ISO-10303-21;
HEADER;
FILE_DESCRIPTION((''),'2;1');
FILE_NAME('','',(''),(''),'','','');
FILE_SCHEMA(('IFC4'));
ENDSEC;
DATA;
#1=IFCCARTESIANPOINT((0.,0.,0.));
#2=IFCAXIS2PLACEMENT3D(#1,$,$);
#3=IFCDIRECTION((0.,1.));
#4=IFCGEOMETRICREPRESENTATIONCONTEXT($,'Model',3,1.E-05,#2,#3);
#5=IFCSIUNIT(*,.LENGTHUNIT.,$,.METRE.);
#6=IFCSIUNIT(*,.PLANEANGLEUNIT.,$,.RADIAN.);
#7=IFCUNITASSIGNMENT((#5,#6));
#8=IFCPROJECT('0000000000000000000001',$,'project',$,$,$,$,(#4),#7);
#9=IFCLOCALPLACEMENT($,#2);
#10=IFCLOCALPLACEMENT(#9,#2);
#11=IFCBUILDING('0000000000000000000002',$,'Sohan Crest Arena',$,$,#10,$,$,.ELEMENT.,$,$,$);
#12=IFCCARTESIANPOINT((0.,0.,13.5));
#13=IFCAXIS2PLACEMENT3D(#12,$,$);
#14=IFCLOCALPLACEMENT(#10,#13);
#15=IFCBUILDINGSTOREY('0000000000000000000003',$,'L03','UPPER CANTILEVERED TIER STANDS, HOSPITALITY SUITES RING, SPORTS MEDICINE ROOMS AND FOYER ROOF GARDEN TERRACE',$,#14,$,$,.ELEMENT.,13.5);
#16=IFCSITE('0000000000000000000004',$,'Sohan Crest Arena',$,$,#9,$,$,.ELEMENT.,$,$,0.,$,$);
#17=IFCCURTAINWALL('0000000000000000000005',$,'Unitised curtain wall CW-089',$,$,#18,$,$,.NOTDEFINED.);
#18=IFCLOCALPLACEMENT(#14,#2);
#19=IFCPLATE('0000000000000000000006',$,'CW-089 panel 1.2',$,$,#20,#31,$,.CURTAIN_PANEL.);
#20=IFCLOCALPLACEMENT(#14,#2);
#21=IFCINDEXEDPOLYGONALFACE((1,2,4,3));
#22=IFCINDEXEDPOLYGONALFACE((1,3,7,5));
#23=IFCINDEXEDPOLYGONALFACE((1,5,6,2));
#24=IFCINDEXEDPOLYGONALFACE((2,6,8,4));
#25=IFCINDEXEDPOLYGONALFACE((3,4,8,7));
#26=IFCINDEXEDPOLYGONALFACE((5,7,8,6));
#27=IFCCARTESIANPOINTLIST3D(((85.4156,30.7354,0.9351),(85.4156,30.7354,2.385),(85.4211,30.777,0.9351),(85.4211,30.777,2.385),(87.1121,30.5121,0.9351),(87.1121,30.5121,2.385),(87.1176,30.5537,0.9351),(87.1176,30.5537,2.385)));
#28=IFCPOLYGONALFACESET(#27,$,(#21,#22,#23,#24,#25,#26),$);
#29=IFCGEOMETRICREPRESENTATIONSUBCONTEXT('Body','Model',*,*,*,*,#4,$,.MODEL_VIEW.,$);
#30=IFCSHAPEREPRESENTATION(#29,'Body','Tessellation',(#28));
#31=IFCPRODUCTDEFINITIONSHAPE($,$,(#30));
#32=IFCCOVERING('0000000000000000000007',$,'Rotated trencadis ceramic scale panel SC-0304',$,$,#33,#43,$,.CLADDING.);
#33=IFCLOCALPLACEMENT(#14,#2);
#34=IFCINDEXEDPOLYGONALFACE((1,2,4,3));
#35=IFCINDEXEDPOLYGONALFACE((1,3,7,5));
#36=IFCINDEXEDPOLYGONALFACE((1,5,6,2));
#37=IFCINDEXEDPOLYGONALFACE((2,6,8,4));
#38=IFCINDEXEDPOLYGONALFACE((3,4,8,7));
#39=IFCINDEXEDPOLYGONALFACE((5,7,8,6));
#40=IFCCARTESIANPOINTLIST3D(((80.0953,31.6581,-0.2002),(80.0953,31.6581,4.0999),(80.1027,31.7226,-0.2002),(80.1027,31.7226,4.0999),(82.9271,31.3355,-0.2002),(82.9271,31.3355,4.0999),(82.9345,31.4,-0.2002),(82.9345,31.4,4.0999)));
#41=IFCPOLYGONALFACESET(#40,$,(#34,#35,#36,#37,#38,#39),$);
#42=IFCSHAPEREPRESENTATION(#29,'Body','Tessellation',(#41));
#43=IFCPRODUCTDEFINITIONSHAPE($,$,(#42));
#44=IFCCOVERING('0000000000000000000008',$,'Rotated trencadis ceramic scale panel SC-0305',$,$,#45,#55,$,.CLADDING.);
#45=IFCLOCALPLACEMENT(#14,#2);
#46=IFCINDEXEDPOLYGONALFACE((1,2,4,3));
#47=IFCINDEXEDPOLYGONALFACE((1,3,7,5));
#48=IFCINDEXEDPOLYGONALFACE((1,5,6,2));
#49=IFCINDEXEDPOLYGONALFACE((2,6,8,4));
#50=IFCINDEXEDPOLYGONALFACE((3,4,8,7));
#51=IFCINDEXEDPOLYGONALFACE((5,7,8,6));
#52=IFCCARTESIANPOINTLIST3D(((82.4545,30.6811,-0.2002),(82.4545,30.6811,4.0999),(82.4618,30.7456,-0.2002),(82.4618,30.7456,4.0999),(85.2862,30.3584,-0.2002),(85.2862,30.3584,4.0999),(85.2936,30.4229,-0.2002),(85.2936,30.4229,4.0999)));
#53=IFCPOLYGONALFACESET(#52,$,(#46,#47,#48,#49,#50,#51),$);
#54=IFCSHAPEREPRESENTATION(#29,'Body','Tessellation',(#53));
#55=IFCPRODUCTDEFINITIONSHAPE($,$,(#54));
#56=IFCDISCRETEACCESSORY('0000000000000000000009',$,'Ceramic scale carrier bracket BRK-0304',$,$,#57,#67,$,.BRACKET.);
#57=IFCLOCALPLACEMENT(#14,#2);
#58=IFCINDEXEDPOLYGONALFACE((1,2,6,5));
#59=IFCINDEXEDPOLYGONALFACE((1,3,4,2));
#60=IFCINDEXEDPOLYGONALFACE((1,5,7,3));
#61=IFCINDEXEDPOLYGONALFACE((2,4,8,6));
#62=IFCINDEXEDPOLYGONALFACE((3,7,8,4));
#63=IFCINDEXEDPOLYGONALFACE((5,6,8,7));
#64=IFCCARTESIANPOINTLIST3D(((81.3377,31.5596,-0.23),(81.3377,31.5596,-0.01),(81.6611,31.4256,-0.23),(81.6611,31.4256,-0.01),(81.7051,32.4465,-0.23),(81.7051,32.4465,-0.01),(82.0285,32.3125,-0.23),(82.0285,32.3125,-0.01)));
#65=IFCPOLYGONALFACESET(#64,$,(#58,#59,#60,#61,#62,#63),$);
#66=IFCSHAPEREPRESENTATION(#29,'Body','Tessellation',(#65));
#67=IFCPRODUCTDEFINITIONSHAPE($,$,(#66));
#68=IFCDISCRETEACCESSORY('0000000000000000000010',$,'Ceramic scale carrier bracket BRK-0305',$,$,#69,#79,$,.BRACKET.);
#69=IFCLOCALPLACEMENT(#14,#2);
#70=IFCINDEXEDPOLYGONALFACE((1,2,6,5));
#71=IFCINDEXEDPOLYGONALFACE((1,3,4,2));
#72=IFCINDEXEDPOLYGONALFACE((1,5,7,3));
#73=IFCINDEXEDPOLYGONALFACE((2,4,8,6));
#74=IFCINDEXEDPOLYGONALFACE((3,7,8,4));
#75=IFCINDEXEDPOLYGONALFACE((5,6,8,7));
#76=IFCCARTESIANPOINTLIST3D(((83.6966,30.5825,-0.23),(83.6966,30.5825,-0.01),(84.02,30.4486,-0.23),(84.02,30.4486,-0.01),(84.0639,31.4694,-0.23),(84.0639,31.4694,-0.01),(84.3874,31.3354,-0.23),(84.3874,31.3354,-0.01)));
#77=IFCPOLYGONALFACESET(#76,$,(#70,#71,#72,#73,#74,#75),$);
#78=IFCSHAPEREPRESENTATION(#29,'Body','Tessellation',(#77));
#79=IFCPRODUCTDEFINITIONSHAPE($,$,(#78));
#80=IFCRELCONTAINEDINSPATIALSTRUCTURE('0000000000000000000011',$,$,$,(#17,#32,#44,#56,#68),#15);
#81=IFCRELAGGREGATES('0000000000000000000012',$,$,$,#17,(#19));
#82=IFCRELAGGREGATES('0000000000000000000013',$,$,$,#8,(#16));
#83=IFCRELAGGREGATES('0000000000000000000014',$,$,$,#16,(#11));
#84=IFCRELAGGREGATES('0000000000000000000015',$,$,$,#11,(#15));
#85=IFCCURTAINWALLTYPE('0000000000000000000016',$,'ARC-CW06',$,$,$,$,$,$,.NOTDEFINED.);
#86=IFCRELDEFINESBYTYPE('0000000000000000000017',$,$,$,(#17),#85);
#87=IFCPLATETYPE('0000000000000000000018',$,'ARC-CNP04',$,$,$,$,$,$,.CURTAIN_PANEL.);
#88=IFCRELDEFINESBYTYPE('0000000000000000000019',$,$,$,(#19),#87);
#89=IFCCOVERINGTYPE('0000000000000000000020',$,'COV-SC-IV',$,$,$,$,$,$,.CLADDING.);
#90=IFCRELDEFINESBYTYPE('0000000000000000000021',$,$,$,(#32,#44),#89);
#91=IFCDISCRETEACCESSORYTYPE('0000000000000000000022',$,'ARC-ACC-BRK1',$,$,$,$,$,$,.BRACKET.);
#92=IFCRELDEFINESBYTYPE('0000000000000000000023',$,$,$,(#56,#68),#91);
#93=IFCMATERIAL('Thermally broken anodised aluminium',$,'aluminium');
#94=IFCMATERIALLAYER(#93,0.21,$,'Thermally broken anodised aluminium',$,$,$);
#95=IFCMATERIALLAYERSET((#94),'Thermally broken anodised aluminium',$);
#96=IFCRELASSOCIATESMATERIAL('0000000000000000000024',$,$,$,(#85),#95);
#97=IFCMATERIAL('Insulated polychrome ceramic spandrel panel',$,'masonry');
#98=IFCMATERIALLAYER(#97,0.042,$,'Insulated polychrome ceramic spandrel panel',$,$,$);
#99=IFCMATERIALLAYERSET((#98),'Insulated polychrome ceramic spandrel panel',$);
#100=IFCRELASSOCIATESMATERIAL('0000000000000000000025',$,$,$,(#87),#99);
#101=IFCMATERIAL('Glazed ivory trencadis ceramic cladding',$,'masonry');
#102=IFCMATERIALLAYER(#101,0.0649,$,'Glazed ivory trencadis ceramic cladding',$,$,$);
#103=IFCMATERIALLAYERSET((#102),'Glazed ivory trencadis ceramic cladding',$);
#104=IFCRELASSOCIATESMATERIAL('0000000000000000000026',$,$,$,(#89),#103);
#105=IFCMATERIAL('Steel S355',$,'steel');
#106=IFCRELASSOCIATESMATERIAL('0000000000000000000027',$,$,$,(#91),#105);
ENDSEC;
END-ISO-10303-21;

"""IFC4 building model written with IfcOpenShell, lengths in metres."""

from ifc_helpers import new_model, si_unit, direction, frame, origin, origin_2d, place, context, subcontext, project, spatial, rectangle, extrude, material, layer, layer_set, type_object, element, aggregate, save


model = new_model("IFC4")

# Units and contexts
model_context = context("Model", 3, precision=1e-05, world=origin(), true_north=direction((0.0, 1.0)))
body_context = subcontext(model_context, "Body", "Model", "MODEL_VIEW")
ifc_project = project(units=[si_unit("LENGTHUNIT", "METRE"), si_unit("PLANEANGLEUNIT", "RADIAN")], contexts=[model_context])

# Site, building, storey
site_placement = place(None, origin())
site = spatial("IfcSite", under=ifc_project, at=site_placement, Name="Sohan Crest Arena", CompositionType="ELEMENT", RefElevation=0.0)
building_placement = place(site_placement, origin())
building = spatial("IfcBuilding", under=site, at=building_placement, Name="Sohan Crest Arena", CompositionType="ELEMENT")
storey_placement = place(building_placement, frame((0.0, 0.0, 13.5)))
storey = spatial("IfcBuildingStorey", under=building, at=storey_placement, Name="L03", Description="UPPER CANTILEVERED TIER STANDS, HOSPITALITY SUITES RING, SPORTS MEDICINE ROOMS AND FOYER ROOF GARDEN TERRACE", CompositionType="ELEMENT", Elevation=13.5)

# Shared definitions
ifc_material_1 = material(Name="Steel S355", Category="steel")

# Shared definitions
ifc_material_2 = material(Name="Thermally broken anodised aluminium", Category="aluminium")

# Curtain wall
ifc_layer_1 = layer(ifc_material_2, 0.21, Name="Thermally broken anodised aluminium")
ifc_layer_set_1 = layer_set([ifc_layer_1], Name="Thermally broken anodised aluminium")
curtain_wall_type_1 = type_object("IfcCurtainWallType", Name="ARC-CW06", PredefinedType="NOTDEFINED", material=ifc_layer_set_1)
curtain_wall_1_placement = place(storey_placement, origin())
curtain_wall_1 = element("IfcCurtainWall", 1, at=curtain_wall_1_placement, inside=storey, type_object=curtain_wall_type_1, Name="Unitised curtain wall CW-089", PredefinedType="NOTDEFINED")

# Plate
ifc_material_3 = material(Name="Insulated polychrome ceramic spandrel panel", Category="masonry")
ifc_layer_2 = layer(ifc_material_3, 0.042, Name="Insulated polychrome ceramic spandrel panel")
ifc_layer_set_2 = layer_set([ifc_layer_2], Name="Insulated polychrome ceramic spandrel panel")
plate_type_1 = type_object("IfcPlateType", Name="ARC-CNP04", PredefinedType="CURTAIN_PANEL", material=ifc_layer_set_2)
plate_1_placement = place(storey_placement, frame((86.2666, 30.6445, 0.9351), z_axis=(0.0, 0.0, 1.0), x_axis=(0.991447, -0.130511, 0.0)))
plate_1 = element("IfcPlate", 2, at=plate_1_placement, type_object=plate_type_1, Name="CW-089 panel 1.2", PredefinedType="CURTAIN_PANEL", context=body_context, shape_type="SweptSolid", body=[
    extrude(rectangle(XDim=1.7112, YDim=0.042, at=origin_2d()), origin(), (0.0, 0.0, 1.0), 1.45),
])
aggregate(curtain_wall_1, [plate_1])

# Coverings
ifc_material_4 = material(Name="Glazed ivory trencadis ceramic cladding", Category="masonry")
ifc_layer_3 = layer(ifc_material_4, 0.0649, Name="Glazed ivory trencadis ceramic cladding")
ifc_layer_set_3 = layer_set([ifc_layer_3], Name="Glazed ivory trencadis ceramic cladding")
covering_type = type_object("IfcCoveringType", Name="COV-SC-IV", PredefinedType="CLADDING", material=ifc_layer_set_3)
for number, where, z_axis, x_axis, name in (
    (3, (81.5149, 31.5291, -0.2002), (0.0, 0.0, 1.0), (0.993572, -0.113203, 0.0), "Rotated trencadis ceramic scale panel SC-0304"),
    (4, (83.874, 30.552, -0.2002), (0.0, 0.0, 1.0), (0.993572, -0.113203, 0.0), "Rotated trencadis ceramic scale panel SC-0305"),
):
    element("IfcCovering", number, at=place(storey_placement, frame(where, z_axis=z_axis, x_axis=x_axis)), inside=storey, type_object=covering_type, Name=name, PredefinedType="CLADDING", context=body_context, shape_type="SweptSolid", body=[
        extrude(rectangle(XDim=2.8501, YDim=0.0649, at=origin_2d()), origin(), (0.0, 0.0, 1.0), 4.3),
    ])

# Discrete accessories
discrete_accessory_type = type_object("IfcDiscreteAccessoryType", Name="ARC-ACC-BRK1", PredefinedType="BRACKET", material=ifc_material_1)
for number, where, z_axis, x_axis, name in (
    (5, (81.6831, 31.936, -0.23), (0.0, 0.0, 1.0), (0.92388, -0.382683, 0.0), "Ceramic scale carrier bracket BRK-0304"),
    (6, (84.042, 30.959, -0.23), (0.0, 0.0, 1.0), (0.92388, -0.382683, 0.0), "Ceramic scale carrier bracket BRK-0305"),
):
    element("IfcDiscreteAccessory", number, at=place(storey_placement, frame(where, z_axis=z_axis, x_axis=x_axis)), inside=storey, type_object=discrete_accessory_type, Name=name, PredefinedType="BRACKET", context=body_context, shape_type="SweptSolid", body=[
        extrude(rectangle(XDim=0.3501, YDim=0.96, at=origin_2d()), origin(), (0.0, 0.0, 1.0), 0.22),
    ])

save(model, "model.ifc")
